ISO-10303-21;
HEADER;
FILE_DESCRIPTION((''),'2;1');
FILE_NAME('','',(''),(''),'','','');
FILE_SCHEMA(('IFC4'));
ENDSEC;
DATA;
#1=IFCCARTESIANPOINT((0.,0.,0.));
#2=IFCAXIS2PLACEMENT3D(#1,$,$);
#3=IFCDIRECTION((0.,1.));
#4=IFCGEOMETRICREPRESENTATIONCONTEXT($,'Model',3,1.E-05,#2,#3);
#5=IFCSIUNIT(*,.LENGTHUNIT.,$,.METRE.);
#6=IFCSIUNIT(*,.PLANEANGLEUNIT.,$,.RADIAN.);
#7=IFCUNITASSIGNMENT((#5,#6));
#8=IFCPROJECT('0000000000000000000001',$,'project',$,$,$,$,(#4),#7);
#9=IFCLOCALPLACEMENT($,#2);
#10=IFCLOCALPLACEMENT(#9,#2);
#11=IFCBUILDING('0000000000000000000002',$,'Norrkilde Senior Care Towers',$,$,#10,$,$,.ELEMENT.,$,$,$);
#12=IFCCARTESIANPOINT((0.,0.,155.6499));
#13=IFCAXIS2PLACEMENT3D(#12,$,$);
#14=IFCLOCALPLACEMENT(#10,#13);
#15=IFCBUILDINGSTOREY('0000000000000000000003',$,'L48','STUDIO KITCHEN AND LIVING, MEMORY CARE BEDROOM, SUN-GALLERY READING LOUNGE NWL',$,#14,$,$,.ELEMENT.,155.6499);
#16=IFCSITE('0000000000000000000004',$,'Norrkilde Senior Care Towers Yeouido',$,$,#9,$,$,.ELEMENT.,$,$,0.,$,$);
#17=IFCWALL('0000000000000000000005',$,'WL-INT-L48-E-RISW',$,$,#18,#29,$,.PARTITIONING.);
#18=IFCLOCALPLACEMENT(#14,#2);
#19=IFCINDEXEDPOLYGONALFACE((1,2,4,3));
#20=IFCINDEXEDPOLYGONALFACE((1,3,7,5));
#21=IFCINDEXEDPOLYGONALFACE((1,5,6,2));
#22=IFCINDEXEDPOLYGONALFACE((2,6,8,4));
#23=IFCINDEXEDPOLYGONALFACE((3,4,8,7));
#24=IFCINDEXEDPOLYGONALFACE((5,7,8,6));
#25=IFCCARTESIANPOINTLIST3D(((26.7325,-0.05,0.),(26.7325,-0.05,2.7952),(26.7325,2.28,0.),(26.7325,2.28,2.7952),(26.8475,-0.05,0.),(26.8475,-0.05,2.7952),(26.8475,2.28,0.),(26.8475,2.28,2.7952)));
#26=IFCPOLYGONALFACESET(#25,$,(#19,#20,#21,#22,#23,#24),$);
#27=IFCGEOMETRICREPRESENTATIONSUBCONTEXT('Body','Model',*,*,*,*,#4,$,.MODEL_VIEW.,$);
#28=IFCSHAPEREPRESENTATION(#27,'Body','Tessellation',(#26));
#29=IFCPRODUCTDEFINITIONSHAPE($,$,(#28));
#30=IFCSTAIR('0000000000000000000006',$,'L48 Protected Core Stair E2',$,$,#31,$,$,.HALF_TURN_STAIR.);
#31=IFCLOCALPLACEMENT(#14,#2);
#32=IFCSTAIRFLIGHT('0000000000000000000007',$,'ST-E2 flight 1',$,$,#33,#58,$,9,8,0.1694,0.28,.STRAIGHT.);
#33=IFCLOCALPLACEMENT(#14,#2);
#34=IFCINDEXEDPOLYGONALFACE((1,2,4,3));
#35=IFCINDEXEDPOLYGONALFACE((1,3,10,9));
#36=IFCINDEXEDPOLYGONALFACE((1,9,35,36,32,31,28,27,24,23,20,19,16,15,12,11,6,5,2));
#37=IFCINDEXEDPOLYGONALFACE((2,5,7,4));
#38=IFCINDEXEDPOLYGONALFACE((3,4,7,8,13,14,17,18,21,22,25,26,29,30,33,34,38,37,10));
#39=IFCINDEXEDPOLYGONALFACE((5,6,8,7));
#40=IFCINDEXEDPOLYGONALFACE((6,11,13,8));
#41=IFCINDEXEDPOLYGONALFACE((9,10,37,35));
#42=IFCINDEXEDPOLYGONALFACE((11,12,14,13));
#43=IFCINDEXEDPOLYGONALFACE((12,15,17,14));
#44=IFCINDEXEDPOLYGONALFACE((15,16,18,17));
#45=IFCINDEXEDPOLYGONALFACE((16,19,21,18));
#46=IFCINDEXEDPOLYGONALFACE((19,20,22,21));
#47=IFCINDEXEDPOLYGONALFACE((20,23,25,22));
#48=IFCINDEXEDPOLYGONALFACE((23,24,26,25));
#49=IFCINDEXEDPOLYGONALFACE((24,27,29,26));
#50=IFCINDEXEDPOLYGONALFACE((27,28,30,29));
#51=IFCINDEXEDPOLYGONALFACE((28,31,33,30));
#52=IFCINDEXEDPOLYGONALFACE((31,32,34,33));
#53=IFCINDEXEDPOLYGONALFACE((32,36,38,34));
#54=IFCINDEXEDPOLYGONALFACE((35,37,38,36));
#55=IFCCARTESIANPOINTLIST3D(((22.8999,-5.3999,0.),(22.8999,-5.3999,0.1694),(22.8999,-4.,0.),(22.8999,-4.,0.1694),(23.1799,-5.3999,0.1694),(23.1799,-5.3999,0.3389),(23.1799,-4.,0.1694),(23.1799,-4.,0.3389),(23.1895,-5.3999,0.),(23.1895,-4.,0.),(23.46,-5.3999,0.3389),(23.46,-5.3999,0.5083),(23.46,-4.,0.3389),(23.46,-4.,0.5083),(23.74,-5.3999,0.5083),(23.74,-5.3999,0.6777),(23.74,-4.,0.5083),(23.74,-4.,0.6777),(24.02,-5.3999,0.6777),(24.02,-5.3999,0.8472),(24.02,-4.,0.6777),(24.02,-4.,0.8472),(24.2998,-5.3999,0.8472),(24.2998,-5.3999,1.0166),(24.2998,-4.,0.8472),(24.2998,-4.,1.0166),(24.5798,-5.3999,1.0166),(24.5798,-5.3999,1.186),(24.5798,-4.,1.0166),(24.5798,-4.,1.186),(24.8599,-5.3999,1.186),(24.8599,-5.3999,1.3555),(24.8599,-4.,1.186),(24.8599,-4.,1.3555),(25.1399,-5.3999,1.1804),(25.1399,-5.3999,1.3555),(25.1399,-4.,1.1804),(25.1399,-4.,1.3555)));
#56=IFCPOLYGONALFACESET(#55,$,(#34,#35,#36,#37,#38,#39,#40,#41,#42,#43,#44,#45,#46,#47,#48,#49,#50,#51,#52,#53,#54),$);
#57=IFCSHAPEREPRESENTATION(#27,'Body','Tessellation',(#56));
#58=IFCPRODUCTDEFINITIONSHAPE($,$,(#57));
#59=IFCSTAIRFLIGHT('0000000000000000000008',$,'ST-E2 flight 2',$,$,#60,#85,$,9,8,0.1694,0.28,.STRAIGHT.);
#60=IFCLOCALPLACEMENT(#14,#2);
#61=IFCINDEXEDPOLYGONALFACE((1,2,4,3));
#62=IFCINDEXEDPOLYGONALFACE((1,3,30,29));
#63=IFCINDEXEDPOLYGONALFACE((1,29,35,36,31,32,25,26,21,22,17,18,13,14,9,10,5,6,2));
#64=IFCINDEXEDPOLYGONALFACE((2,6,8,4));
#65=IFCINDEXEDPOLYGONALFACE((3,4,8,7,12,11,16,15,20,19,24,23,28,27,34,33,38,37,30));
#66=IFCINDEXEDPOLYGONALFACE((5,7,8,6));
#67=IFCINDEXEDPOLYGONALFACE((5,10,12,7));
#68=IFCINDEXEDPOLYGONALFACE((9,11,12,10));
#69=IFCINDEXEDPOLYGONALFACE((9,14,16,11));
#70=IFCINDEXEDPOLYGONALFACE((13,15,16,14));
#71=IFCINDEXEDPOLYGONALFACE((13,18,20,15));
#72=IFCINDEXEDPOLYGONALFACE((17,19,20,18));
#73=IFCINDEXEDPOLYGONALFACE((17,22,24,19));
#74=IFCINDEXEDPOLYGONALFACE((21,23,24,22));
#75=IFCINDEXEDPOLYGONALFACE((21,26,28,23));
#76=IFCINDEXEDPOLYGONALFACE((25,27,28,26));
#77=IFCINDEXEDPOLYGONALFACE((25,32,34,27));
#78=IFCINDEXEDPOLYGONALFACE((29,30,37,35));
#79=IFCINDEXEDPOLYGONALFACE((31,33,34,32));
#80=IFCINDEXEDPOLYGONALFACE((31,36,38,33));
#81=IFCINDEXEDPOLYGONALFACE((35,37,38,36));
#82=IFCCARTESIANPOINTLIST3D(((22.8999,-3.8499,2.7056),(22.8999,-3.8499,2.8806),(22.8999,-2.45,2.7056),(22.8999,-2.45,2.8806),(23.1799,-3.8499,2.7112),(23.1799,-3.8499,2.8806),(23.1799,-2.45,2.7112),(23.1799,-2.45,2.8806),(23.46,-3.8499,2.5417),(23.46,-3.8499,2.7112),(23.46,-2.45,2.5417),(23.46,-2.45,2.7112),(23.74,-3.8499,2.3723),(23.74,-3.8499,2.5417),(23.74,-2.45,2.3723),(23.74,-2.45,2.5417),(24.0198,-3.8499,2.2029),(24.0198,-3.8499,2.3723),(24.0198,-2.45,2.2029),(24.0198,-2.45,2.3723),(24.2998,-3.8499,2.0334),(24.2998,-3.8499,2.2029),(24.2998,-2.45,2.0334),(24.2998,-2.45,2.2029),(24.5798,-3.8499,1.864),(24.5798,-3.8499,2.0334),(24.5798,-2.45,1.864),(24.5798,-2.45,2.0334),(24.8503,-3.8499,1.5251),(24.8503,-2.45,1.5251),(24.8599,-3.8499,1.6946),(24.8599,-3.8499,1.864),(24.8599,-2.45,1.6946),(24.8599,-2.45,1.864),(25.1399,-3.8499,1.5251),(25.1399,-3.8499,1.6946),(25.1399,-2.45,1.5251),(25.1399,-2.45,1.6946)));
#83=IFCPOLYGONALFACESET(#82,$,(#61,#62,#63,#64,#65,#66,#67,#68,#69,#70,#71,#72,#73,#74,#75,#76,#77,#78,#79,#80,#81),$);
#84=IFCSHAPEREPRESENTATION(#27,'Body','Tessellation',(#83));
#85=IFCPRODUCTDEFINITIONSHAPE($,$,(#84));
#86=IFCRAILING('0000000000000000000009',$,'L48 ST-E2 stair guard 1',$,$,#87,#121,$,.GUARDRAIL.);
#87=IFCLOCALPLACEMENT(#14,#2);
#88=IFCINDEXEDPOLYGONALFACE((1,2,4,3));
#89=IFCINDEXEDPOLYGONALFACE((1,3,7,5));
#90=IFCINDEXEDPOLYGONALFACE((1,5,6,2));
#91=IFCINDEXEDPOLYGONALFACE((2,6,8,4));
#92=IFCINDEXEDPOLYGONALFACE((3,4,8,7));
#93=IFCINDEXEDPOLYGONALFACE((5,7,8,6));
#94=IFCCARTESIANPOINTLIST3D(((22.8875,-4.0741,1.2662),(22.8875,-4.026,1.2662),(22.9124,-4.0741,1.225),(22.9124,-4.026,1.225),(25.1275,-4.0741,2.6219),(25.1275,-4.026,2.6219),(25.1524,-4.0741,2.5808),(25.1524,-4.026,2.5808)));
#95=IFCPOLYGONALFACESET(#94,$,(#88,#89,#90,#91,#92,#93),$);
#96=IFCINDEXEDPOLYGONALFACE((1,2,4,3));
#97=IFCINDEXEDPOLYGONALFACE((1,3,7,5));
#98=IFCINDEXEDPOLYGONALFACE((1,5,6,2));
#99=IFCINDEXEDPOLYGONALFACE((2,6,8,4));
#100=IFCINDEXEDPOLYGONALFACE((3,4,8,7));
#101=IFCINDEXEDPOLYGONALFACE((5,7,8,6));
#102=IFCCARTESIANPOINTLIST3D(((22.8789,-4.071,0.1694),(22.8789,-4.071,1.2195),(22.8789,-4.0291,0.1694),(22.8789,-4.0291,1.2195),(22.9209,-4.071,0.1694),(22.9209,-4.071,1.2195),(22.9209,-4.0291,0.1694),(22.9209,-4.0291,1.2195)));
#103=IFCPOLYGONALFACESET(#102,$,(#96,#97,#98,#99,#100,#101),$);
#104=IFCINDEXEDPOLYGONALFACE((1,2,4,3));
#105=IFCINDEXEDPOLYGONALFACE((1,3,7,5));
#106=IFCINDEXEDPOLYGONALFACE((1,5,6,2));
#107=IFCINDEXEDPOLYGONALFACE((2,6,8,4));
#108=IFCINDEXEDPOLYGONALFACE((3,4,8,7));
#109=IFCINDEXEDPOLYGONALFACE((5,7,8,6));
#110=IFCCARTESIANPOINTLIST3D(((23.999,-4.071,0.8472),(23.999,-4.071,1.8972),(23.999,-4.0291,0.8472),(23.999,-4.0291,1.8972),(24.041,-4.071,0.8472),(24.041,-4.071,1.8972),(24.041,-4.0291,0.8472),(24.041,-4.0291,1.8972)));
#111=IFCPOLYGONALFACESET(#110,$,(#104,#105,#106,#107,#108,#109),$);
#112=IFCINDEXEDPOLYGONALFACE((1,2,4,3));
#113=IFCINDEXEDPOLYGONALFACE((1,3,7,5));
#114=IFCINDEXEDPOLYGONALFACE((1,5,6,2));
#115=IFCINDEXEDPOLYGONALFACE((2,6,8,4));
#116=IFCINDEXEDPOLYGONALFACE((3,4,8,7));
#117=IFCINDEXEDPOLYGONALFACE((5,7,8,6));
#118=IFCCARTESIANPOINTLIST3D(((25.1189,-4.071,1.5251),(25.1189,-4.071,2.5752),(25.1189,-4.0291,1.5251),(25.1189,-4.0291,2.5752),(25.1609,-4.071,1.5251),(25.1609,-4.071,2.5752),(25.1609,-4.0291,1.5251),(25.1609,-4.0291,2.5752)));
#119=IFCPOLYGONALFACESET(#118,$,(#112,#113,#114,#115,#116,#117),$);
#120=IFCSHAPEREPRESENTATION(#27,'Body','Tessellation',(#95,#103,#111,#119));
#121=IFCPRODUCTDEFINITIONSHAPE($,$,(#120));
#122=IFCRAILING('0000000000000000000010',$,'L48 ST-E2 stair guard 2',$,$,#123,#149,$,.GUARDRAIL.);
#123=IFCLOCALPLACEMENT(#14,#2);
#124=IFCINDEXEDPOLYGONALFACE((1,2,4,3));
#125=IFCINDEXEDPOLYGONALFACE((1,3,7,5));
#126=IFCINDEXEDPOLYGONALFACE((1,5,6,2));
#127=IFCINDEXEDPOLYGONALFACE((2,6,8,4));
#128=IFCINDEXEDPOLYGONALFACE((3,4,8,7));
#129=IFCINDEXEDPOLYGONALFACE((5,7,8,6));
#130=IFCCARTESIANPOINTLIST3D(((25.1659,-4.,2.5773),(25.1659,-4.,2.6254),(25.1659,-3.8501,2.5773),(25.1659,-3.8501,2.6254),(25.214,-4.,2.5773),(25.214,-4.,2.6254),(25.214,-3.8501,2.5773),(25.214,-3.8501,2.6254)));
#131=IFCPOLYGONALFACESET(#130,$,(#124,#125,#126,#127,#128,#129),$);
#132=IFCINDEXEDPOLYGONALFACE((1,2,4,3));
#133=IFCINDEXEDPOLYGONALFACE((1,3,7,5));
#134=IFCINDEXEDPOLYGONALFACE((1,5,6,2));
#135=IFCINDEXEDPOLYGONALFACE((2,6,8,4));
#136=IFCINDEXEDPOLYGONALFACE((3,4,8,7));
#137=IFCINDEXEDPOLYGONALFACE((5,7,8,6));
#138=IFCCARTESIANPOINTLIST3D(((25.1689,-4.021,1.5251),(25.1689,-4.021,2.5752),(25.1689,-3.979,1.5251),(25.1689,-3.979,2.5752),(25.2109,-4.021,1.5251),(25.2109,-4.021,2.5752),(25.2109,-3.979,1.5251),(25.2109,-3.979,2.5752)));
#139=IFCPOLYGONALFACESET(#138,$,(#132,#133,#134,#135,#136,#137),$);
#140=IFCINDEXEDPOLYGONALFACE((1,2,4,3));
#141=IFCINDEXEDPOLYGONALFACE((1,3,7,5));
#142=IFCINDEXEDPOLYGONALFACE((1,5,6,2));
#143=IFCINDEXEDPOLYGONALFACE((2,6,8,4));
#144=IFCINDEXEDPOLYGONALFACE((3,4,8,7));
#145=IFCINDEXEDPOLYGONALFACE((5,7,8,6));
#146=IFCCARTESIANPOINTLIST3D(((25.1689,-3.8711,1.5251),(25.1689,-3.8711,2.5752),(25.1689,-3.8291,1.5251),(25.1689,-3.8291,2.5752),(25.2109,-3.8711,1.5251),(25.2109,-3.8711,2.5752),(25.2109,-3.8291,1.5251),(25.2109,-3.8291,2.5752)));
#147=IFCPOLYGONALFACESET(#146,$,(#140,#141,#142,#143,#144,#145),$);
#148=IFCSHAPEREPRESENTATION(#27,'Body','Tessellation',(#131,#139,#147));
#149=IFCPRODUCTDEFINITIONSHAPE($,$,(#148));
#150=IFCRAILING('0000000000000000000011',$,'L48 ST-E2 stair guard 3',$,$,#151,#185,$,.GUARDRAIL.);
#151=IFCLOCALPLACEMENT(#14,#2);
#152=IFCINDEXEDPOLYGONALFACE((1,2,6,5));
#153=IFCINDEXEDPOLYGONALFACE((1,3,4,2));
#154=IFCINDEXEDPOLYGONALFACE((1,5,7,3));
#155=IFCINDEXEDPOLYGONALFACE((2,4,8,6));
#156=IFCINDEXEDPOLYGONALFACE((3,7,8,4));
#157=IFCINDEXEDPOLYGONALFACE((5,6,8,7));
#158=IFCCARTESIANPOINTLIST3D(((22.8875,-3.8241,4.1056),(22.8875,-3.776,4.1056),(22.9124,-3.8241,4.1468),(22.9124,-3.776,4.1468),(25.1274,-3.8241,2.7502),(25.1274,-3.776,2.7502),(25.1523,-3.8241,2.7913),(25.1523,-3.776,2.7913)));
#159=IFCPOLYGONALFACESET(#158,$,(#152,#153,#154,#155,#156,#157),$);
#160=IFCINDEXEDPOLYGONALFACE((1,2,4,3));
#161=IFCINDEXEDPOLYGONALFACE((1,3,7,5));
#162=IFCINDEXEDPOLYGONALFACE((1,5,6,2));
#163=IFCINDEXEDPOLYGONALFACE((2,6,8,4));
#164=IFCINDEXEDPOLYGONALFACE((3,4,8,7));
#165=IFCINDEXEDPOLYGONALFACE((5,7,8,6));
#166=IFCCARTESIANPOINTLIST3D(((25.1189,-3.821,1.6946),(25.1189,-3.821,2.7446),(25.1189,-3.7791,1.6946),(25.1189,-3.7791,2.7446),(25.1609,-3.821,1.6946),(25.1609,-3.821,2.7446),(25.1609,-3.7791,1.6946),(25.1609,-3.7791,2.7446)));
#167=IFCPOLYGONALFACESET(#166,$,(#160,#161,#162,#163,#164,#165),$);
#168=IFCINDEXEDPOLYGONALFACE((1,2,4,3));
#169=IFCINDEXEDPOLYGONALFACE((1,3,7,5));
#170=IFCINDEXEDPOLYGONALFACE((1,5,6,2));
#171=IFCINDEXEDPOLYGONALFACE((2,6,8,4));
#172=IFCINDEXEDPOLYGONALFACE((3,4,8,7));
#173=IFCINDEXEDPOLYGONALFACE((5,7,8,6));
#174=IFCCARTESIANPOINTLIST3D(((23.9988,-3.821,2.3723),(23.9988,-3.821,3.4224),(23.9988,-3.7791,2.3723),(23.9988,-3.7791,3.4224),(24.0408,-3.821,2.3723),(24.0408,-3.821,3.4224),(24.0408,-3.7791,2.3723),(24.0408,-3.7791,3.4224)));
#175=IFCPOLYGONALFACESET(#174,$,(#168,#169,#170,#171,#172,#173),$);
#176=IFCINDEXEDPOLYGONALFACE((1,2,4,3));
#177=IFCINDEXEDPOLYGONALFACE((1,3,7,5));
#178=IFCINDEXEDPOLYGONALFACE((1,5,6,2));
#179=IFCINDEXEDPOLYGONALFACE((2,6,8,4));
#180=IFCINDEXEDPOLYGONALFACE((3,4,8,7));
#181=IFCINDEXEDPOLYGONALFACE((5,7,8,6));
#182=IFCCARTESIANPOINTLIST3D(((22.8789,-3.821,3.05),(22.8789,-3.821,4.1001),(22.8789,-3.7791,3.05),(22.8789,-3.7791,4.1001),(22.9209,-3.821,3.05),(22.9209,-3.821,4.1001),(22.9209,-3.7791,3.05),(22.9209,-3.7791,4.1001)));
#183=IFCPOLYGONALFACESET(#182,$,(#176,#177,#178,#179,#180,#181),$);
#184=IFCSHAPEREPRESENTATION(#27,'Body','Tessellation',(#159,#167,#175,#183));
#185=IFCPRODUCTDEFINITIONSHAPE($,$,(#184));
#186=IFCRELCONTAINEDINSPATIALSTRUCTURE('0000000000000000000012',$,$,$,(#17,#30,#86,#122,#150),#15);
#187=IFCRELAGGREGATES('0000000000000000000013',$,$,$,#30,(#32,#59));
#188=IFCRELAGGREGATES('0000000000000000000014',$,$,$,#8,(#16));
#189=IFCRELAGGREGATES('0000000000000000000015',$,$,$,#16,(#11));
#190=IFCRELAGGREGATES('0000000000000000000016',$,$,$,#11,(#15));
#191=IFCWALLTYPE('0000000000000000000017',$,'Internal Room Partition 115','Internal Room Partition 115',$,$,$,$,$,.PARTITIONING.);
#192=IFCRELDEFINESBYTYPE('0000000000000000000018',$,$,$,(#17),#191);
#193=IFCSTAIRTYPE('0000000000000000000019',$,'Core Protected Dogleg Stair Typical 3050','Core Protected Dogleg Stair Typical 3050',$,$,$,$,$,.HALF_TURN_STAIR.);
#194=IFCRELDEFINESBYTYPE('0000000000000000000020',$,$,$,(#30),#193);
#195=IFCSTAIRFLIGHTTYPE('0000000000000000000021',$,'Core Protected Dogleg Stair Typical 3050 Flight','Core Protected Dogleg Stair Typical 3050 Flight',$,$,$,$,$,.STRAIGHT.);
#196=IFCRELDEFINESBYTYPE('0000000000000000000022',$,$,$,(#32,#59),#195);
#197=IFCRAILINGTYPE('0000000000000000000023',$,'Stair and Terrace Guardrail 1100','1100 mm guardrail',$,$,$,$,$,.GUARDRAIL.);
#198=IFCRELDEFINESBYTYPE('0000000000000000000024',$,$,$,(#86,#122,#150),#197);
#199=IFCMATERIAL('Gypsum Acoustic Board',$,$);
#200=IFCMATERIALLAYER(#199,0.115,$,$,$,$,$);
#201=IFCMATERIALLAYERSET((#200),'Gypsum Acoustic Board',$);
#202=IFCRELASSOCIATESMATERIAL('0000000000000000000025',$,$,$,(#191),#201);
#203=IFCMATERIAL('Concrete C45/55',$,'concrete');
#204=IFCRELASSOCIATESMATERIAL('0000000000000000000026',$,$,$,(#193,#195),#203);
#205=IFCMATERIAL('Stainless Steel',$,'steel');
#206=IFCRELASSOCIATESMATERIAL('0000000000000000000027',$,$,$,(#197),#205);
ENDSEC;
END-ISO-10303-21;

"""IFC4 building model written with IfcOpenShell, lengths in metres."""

from ifc_helpers import new_model, si_unit, direction, frame, frame_2d, origin, origin_2d, place, context, subcontext, project, spatial, polyline, rectangle, outline, extrude, source, transform, mapped, material, layer, layer_set, type_object, type_shapes, element, aggregate, save


model = new_model("IFC4")

# Units and contexts
model_context = context("Model", 3, precision=1e-05, world=origin(), true_north=direction((0.0, 1.0)))
body_context = subcontext(model_context, "Body", "Model", "MODEL_VIEW")
ifc_project = project(units=[si_unit("LENGTHUNIT", "METRE"), si_unit("PLANEANGLEUNIT", "RADIAN")], contexts=[model_context])

# Site, building, storey
site_placement = place(None, origin())
site = spatial("IfcSite", under=ifc_project, at=site_placement, Name="Norrkilde Senior Care Towers Yeouido", CompositionType="ELEMENT", RefElevation=0.0)
building_placement = place(site_placement, origin())
building = spatial("IfcBuilding", under=site, at=building_placement, Name="Norrkilde Senior Care Towers", CompositionType="ELEMENT")
storey_placement = place(building_placement, frame((0.0, 0.0, 155.6499)))
storey = spatial("IfcBuildingStorey", under=building, at=storey_placement, Name="L48", Description="STUDIO KITCHEN AND LIVING, MEMORY CARE BEDROOM, SUN-GALLERY READING LOUNGE NWL", CompositionType="ELEMENT", Elevation=155.6499)

# Shared definitions
ifc_material_1 = material(Name="Concrete C45/55", Category="concrete")

# Wall
ifc_material_2 = material(Name="Gypsum Acoustic Board")
ifc_layer_1 = layer(ifc_material_2, 0.115)
ifc_layer_set_1 = layer_set([ifc_layer_1], Name="Gypsum Acoustic Board")
wall_type_1 = type_object("IfcWallType", Name="Internal Room Partition 115", Description="Internal Room Partition 115", PredefinedType="PARTITIONING", material=ifc_layer_set_1)
shared_shape_1 = source(origin(), body_context, "Body", "SweptSolid", [
    extrude(rectangle(XDim=2.3301, YDim=0.115, at=frame_2d((1.165, 0.0))), origin(), (0.0, 0.0, 1.0), 2.7952),
])
type_shapes(wall_type_1, [shared_shape_1])
wall_1_placement = place(storey_placement, frame((26.79, -0.05, 0.0), z_axis=(0.0, 0.0, 1.0), x_axis=(0.0, 1.0, 0.0)))
element("IfcWall", 1, at=wall_1_placement, inside=storey, type_object=wall_type_1, Name="WL-INT-L48-E-RISW", PredefinedType="PARTITIONING", context=body_context, shape_type="MappedRepresentation", body=[
    mapped(shared_shape_1, transform((0.0, 0.0, 0.0), x_axis=(1.0, 0.0, 0.0), y_axis=(0.0, 1.0, 0.0), z_axis=(0.0, 0.0, 1.0), scale=1.0)),
])

# Stair, stair flights
stair_type = type_object("IfcStairType", Name="Core Protected Dogleg Stair Typical 3050", Description="Core Protected Dogleg Stair Typical 3050", PredefinedType="HALF_TURN_STAIR", material=ifc_material_1)
stair_placement = place(storey_placement, origin())
stair = element("IfcStair", 2, at=stair_placement, inside=storey, type_object=stair_type, Name="L48 Protected Core Stair E2", PredefinedType="HALF_TURN_STAIR")
stair_flight_type = type_object("IfcStairFlightType", Name="Core Protected Dogleg Stair Typical 3050 Flight", Description="Core Protected Dogleg Stair Typical 3050 Flight", PredefinedType="STRAIGHT", material=ifc_material_1)
stair_flight_1_placement = place(storey_placement, frame((22.8999, -4.7, 0.0), z_axis=(0.0, 0.0, 1.0), x_axis=(1.0, 0.0, 0.0)))
stair_flight_1 = element("IfcStairFlight", 3, at=stair_flight_1_placement, type_object=stair_flight_type, Name="ST-E2 flight 1", NumberOfRisers=9, NumberOfTreads=8, PredefinedType="STRAIGHT", RiserHeight=0.1694, TreadLength=0.28, context=body_context, shape_type="SweptSolid", body=[
    extrude(outline(polyline([(0.0, 0.0), (0.0, 0.1694), (0.28, 0.1694), (0.28, 0.3389), (0.5601, 0.3389), (0.5601, 0.5083), (0.8401, 0.5083), (0.8401, 0.6777), (1.1201, 0.6777), (1.1201, 0.8472), (1.3999, 0.8472), (1.3999, 1.0166), (1.6799, 1.0166), (1.6799, 1.186), (1.96, 1.186), (1.96, 1.3555), (2.24, 1.3555), (2.24, 1.5249), (2.24, 1.1804), (0.2896, 0.0), (0.0, 0.0)])), frame((0.0, 0.7, 0.0), z_axis=(0.0, -1.0, 0.0), x_axis=(1.0, 0.0, 0.0)), (0.0, 0.0, 1.0), 1.3999),
])
stair_flight_2_placement = place(storey_placement, frame((25.1399, -3.1499, 1.5251), z_axis=(0.0, 0.0, 1.0), x_axis=(-1.0, 0.0, 0.0)))
stair_flight_2 = element("IfcStairFlight", 4, at=stair_flight_2_placement, type_object=stair_flight_type, Name="ST-E2 flight 2", NumberOfRisers=9, NumberOfTreads=8, PredefinedType="STRAIGHT", RiserHeight=0.1694, TreadLength=0.28, context=body_context, shape_type="SweptSolid", body=[
    extrude(outline(polyline([(0.0, 0.0), (0.0, 0.1694), (0.28, 0.1694), (0.28, 0.3389), (0.5601, 0.3389), (0.5601, 0.5083), (0.8401, 0.5083), (0.8401, 0.6777), (1.1201, 0.6777), (1.1201, 0.8472), (1.3999, 0.8472), (1.3999, 1.0166), (1.6799, 1.0166), (1.6799, 1.186), (1.96, 1.186), (1.96, 1.3555), (2.24, 1.3555), (2.24, 1.5249), (2.24, 1.1804), (0.2896, 0.0), (0.0, 0.0)])), frame((0.0, 0.7, 0.0), z_axis=(0.0, -1.0, 0.0), x_axis=(1.0, 0.0, 0.0)), (0.0, 0.0, 1.0), 1.3999),
])
aggregate(stair, [stair_flight_1, stair_flight_2])

# Railings
ifc_material_3 = material(Name="Stainless Steel", Category="steel")
railing_type_1 = type_object("IfcRailingType", Name="Stair and Terrace Guardrail 1100", Description="1100 mm guardrail", PredefinedType="GUARDRAIL", material=ifc_material_3)
railing_1_placement = place(storey_placement, frame((22.8999, -4.05, 0.1694)))
element("IfcRailing", 5, at=railing_1_placement, inside=storey, type_object=railing_type_1, Name="L48 ST-E2 stair guard 1", PredefinedType="GUARDRAIL", context=body_context, shape_type="SweptSolid", body=[
    extrude(rectangle(XDim=0.0481, YDim=0.0481, at=origin_2d()), frame((0.0, 0.0, 1.0762), z_axis=(0.855512, 0.0, 0.517783), x_axis=(0.0, 1.0, 0.0)), (0.0, 0.0, 1.0), 2.6184),
    extrude(rectangle(XDim=0.042, YDim=0.042, at=origin_2d()), origin(), (0.0, 0.0, 1.0), 1.05),
    extrude(rectangle(XDim=0.042, YDim=0.042, at=origin_2d()), frame((1.1201, 0.0, 0.6777)), (0.0, 0.0, 1.0), 1.05),
    extrude(rectangle(XDim=0.042, YDim=0.042, at=origin_2d()), frame((2.24, 0.0, 1.3557)), (0.0, 0.0, 1.0), 1.05),
])
railing_2_placement = place(storey_placement, frame((25.1899, -4.0, 1.5251)))
element("IfcRailing", 6, at=railing_2_placement, inside=storey, type_object=railing_type_1, Name="L48 ST-E2 stair guard 2", PredefinedType="GUARDRAIL", context=body_context, shape_type="SweptSolid", body=[
    extrude(rectangle(XDim=0.0481, YDim=0.0481, at=origin_2d()), frame((0.0, 0.0, 1.0762), z_axis=(0.0, 1.0, 0.0), x_axis=(-1.0, 0.0, 0.0)), (0.0, 0.0, 1.0), 0.1499),
    extrude(rectangle(XDim=0.042, YDim=0.042, at=origin_2d()), origin(), (0.0, 0.0, 1.0), 1.05),
    extrude(rectangle(XDim=0.042, YDim=0.042, at=origin_2d()), frame((0.0, 0.1499, 0.0)), (0.0, 0.0, 1.0), 1.05),
])
railing_3_placement = place(storey_placement, frame((25.1399, -3.8, 1.6946)))
element("IfcRailing", 7, at=railing_3_placement, inside=storey, type_object=railing_type_1, Name="L48 ST-E2 stair guard 3", PredefinedType="GUARDRAIL", context=body_context, shape_type="SweptSolid", body=[
    extrude(rectangle(XDim=0.0481, YDim=0.0481, at=origin_2d()), frame((0.0, 0.0, 1.0762), z_axis=(-0.855553, 0.0, 0.517715), x_axis=(0.0, -1.0, 0.0)), (0.0, 0.0, 1.0), 2.6182),
    extrude(rectangle(XDim=0.042, YDim=0.042, at=origin_2d()), origin(), (0.0, 0.0, 1.0), 1.05),
    extrude(rectangle(XDim=0.042, YDim=0.042, at=origin_2d()), frame((-1.1201, 0.0, 0.6777)), (0.0, 0.0, 1.0), 1.05),
    extrude(rectangle(XDim=0.042, YDim=0.042, at=origin_2d()), frame((-2.24, 0.0, 1.3555)), (0.0, 0.0, 1.0), 1.05),
])

save(model, "model.ifc")
